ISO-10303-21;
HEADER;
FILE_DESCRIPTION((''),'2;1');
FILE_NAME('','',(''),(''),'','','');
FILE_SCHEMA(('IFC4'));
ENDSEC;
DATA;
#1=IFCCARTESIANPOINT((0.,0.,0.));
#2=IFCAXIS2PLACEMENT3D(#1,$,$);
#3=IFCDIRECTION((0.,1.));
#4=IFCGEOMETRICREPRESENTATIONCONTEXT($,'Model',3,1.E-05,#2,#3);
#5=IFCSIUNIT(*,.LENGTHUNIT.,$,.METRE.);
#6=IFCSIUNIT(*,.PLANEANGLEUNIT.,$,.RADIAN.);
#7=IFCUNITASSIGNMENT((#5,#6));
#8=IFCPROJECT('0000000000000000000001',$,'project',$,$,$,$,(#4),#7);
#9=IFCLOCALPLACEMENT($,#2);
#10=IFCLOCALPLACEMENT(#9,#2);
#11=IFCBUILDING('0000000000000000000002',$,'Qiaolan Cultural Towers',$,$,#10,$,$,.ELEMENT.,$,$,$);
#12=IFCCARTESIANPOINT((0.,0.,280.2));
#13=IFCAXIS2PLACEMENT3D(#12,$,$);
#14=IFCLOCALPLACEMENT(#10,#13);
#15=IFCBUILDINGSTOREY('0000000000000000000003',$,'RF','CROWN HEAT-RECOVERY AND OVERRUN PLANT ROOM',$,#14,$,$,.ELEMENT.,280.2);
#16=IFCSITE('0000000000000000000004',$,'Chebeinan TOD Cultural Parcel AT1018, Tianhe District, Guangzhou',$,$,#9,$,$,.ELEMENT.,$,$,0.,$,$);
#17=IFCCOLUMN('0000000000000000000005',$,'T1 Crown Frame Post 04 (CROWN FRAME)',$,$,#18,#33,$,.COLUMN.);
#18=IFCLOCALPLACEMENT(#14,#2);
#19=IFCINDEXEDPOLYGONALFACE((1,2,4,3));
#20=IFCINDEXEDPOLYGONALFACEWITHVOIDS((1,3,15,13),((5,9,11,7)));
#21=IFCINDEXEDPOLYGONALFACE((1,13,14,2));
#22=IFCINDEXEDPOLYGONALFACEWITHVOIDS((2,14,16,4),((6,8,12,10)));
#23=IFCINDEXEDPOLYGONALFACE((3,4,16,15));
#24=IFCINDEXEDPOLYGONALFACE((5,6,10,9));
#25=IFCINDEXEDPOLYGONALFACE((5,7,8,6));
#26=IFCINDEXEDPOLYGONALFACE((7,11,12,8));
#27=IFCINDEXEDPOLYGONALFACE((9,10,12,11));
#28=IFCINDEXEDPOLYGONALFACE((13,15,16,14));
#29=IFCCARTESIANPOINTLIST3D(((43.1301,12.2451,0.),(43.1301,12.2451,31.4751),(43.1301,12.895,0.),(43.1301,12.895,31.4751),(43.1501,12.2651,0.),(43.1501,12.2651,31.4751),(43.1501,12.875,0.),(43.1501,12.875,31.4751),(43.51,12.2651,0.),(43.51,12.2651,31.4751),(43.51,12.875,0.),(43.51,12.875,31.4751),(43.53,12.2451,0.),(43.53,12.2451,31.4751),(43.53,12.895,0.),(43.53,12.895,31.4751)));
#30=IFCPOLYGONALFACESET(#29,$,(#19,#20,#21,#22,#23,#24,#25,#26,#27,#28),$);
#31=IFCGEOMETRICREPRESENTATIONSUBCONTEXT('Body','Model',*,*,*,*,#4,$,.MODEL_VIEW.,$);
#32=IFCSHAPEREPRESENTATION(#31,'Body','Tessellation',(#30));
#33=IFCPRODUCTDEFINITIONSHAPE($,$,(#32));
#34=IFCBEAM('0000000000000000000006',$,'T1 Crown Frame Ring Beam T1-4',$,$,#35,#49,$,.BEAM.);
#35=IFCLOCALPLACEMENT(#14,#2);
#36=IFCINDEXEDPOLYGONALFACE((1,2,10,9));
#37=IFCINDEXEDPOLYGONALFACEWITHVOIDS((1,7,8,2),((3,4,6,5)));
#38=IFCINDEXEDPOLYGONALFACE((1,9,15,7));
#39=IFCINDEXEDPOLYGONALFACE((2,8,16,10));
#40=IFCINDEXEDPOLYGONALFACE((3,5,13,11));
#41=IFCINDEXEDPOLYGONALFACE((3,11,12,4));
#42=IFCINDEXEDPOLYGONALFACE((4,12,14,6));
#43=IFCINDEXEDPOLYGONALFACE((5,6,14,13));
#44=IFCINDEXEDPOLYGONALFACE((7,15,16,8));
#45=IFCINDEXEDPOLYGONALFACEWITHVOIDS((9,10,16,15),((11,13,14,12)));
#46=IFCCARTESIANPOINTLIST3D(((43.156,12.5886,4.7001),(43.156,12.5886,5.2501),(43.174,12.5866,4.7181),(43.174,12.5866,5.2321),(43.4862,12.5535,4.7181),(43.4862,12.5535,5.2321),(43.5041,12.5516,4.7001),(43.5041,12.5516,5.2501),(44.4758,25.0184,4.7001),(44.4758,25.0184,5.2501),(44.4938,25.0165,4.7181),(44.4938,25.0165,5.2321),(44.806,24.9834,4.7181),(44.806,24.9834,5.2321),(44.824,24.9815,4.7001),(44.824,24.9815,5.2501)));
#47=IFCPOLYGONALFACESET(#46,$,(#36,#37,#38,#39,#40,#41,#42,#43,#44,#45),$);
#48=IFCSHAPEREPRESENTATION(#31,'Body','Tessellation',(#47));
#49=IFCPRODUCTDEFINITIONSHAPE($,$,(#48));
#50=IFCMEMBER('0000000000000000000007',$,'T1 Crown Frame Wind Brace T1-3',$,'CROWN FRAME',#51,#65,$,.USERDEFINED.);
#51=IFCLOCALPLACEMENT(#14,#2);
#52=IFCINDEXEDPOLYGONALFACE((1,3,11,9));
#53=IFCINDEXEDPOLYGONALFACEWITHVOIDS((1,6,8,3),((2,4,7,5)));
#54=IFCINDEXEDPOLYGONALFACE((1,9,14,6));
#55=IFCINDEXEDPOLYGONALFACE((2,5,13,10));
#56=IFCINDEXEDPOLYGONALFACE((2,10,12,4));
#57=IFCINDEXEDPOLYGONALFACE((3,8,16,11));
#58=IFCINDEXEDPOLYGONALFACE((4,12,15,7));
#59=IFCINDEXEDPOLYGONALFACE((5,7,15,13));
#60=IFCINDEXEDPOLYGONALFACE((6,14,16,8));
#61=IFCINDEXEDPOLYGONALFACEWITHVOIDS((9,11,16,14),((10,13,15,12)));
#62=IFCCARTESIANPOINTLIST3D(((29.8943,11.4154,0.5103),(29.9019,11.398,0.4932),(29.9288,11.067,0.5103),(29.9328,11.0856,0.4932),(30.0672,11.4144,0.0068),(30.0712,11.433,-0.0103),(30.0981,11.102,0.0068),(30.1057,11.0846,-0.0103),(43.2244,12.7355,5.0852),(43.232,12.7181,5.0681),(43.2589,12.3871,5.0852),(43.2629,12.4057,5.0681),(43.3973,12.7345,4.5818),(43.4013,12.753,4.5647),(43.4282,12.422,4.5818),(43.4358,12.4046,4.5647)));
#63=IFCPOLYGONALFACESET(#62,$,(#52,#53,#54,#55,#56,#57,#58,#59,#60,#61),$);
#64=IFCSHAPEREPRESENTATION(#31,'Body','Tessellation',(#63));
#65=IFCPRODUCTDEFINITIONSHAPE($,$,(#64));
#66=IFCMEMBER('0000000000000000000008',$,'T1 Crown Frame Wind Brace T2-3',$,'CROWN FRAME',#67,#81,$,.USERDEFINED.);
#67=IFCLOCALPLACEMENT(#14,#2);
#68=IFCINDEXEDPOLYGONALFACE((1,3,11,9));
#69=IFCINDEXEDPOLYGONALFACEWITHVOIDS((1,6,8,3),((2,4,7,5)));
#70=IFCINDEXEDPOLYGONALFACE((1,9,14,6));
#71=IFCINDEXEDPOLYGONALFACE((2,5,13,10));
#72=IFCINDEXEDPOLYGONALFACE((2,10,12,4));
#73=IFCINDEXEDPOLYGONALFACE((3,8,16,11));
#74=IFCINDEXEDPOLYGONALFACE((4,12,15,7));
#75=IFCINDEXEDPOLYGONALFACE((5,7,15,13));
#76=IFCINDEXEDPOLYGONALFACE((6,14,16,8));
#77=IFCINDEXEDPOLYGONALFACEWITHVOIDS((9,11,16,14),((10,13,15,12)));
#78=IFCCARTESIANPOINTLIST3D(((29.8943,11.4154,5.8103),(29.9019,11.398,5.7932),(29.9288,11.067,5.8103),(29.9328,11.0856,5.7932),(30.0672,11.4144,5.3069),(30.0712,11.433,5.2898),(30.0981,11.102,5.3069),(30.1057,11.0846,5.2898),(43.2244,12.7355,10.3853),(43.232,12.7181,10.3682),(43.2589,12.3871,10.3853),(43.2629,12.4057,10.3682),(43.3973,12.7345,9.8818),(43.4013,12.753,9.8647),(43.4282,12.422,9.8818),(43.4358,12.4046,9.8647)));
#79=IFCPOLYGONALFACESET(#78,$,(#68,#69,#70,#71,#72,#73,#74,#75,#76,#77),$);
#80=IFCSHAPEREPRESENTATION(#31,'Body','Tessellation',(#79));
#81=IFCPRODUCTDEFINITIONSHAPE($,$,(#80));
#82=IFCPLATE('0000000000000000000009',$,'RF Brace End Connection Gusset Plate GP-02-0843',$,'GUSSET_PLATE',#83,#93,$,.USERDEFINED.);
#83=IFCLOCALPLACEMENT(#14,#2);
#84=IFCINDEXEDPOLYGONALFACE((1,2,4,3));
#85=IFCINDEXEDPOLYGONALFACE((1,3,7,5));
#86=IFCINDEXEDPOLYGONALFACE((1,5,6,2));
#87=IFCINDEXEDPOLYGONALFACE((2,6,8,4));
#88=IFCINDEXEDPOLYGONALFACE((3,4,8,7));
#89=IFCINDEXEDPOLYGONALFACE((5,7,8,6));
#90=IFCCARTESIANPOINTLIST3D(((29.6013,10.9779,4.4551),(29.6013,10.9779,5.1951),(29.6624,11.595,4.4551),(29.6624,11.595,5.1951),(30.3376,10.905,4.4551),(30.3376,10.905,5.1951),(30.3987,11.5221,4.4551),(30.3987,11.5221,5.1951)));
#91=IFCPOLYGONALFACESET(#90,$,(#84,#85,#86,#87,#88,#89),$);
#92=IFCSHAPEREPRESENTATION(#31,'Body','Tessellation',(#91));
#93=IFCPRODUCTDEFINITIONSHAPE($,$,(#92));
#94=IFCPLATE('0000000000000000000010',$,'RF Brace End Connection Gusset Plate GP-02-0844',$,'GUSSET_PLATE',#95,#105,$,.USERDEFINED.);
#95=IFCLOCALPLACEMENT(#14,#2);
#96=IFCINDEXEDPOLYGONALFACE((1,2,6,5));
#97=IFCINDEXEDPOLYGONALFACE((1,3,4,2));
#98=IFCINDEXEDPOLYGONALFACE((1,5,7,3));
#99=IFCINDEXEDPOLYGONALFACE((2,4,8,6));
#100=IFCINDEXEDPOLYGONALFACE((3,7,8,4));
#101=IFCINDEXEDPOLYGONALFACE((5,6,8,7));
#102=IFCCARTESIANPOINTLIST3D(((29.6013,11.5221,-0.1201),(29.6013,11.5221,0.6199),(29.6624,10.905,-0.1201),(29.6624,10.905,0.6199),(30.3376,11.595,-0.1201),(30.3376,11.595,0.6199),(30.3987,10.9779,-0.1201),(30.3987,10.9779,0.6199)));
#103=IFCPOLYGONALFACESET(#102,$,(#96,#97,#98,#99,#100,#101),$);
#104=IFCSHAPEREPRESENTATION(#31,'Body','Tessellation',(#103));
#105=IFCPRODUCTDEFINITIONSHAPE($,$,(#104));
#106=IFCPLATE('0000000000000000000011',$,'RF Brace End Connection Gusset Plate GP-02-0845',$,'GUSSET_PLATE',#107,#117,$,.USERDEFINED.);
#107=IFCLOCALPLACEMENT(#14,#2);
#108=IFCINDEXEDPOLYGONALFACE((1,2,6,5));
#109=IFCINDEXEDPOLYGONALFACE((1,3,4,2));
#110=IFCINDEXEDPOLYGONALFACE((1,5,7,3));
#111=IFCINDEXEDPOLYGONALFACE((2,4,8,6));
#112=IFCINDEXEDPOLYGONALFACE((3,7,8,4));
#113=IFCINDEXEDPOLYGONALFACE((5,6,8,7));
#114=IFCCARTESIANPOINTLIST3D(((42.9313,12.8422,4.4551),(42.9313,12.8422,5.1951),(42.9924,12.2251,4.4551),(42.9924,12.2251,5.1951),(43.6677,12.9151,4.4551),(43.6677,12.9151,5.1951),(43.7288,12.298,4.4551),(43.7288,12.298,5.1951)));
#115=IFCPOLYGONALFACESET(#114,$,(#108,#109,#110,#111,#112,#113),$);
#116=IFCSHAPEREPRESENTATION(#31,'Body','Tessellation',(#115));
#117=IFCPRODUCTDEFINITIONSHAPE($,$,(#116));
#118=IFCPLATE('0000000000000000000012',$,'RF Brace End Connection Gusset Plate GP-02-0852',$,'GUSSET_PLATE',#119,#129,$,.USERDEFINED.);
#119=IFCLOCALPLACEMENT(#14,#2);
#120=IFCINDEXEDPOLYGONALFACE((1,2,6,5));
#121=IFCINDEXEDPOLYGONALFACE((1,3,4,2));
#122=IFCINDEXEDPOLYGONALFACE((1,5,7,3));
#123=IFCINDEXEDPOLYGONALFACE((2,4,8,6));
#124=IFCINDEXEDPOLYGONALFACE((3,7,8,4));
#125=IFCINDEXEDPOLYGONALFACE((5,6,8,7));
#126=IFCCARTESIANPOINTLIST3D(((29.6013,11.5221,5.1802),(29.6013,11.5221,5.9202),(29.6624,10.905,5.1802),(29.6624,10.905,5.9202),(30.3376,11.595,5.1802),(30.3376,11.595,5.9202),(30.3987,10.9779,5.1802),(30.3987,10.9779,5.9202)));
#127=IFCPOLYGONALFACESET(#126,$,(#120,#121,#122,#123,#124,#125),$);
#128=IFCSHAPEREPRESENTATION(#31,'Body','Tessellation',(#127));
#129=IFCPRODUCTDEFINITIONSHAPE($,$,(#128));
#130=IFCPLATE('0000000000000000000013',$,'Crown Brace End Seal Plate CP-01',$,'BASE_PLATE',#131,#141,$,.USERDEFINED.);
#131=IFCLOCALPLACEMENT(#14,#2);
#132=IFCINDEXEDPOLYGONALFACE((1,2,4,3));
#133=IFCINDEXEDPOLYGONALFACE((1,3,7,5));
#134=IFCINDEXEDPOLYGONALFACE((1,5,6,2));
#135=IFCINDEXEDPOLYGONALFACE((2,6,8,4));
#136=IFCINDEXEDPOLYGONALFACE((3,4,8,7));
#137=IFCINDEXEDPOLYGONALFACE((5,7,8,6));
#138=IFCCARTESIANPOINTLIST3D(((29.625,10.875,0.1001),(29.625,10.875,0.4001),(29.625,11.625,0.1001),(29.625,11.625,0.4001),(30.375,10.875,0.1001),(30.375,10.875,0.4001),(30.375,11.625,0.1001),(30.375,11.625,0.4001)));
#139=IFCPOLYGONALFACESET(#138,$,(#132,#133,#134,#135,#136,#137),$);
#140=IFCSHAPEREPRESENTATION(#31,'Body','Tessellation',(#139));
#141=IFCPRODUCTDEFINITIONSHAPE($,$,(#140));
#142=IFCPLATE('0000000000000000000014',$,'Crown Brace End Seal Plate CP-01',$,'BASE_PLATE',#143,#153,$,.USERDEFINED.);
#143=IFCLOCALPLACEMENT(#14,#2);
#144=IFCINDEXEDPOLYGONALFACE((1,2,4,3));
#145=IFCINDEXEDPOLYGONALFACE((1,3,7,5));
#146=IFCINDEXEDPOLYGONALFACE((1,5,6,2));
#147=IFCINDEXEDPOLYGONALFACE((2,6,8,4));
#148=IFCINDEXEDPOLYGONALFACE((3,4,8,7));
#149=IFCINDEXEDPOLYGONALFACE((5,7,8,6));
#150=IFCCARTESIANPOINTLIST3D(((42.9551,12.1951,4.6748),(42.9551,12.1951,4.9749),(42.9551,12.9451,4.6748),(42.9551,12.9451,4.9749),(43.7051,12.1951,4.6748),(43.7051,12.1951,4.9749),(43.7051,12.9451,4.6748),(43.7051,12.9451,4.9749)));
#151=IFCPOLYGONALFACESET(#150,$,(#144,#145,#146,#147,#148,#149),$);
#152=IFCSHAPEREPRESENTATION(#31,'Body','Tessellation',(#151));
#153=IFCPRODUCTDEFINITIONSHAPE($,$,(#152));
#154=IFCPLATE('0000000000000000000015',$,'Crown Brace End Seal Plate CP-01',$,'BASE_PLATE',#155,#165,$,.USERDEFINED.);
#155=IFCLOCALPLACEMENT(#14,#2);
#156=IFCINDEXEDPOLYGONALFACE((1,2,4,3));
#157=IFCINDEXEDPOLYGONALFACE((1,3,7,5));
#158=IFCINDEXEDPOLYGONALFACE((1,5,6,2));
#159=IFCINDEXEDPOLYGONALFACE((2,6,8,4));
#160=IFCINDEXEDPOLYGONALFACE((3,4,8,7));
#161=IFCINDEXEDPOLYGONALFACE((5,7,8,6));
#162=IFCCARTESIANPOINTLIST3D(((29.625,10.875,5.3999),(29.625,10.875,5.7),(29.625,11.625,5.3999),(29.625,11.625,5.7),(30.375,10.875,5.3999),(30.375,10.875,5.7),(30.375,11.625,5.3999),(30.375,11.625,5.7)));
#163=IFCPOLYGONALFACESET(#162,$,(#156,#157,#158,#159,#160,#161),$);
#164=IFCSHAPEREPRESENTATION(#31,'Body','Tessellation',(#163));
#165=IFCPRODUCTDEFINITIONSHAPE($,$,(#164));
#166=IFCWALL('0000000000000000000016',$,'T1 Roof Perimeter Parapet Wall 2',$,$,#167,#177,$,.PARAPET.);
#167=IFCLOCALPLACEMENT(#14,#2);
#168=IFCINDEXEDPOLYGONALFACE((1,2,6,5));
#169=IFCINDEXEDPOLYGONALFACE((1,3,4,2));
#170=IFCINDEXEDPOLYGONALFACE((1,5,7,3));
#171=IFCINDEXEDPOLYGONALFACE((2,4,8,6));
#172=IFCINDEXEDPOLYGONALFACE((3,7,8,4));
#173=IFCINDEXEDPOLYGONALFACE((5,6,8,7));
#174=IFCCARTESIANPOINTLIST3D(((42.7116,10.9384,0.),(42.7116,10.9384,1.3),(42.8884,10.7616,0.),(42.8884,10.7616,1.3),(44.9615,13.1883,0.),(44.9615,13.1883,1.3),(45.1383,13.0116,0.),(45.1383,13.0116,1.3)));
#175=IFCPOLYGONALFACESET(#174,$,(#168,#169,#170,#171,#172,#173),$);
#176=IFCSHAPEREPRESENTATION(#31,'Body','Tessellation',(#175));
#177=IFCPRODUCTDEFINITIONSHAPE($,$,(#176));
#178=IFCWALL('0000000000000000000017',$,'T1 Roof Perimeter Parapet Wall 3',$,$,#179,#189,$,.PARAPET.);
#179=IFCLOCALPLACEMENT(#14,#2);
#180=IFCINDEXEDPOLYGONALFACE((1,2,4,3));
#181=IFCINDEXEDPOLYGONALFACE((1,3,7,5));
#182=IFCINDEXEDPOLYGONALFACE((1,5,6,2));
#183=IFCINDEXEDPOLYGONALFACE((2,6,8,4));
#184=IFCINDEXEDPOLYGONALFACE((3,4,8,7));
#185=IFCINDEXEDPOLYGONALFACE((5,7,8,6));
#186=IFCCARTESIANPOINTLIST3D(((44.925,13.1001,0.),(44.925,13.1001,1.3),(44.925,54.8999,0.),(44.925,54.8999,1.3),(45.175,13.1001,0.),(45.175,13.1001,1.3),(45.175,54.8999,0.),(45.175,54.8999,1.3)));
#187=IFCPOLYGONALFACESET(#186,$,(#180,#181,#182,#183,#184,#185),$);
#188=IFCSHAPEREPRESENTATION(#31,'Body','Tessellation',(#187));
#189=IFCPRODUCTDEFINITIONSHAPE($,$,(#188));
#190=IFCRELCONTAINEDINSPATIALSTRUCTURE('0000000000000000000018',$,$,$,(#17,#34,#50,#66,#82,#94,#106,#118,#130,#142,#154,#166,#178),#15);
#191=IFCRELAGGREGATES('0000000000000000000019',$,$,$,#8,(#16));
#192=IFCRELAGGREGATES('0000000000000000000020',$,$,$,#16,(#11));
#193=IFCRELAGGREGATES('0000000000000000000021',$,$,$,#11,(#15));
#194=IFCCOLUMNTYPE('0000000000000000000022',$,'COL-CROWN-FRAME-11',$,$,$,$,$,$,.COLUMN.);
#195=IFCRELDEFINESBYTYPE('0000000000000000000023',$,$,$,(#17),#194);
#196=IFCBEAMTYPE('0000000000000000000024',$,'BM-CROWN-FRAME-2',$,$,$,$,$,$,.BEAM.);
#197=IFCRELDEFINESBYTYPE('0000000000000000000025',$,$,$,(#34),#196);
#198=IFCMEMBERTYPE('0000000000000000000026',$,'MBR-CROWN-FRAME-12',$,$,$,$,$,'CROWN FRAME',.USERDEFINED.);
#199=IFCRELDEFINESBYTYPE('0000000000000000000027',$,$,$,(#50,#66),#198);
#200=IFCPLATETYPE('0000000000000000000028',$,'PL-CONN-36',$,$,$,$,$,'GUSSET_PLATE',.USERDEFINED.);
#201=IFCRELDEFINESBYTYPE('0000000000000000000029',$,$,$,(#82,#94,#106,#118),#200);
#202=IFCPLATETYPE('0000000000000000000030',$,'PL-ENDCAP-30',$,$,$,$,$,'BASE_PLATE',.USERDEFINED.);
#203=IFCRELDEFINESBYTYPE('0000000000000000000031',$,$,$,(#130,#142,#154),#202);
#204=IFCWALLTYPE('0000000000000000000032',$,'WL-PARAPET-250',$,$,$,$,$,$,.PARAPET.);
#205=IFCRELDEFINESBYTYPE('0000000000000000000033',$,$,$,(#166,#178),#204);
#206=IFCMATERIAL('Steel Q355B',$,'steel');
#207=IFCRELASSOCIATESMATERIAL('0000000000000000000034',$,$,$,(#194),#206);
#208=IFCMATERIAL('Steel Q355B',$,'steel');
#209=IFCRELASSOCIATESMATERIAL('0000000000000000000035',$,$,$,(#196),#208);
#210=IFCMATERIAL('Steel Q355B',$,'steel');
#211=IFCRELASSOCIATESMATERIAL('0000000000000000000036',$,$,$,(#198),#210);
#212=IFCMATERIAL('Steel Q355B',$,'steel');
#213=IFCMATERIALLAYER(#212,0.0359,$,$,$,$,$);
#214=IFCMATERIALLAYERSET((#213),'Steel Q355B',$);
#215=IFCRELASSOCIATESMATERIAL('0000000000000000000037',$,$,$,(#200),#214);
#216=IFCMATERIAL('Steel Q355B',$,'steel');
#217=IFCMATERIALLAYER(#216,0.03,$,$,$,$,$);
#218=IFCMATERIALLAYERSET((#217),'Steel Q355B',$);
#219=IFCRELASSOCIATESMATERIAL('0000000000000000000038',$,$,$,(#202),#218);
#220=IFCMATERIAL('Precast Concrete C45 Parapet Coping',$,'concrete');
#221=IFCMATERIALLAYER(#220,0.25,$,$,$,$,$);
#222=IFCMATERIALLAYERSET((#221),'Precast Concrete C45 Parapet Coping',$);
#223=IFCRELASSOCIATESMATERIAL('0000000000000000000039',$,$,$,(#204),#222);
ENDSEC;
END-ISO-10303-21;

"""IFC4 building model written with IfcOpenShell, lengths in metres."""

from ifc_helpers import new_model, si_unit, direction, frame, frame_2d, origin, origin_2d, place, context, subcontext, project, spatial, rectangle, hollow_rectangle, extrude, material, layer, layer_set, material_profile, profile_set, type_object, element, save


model = new_model("IFC4")

# Units and contexts
model_context = context("Model", 3, precision=1e-05, world=origin(), true_north=direction((0.0, 1.0)))
body_context = subcontext(model_context, "Body", "Model", "MODEL_VIEW")
ifc_project = project(units=[si_unit("LENGTHUNIT", "METRE"), si_unit("PLANEANGLEUNIT", "RADIAN")], contexts=[model_context])

# Site, building, storey
site_placement = place(None, origin())
site = spatial("IfcSite", under=ifc_project, at=site_placement, Name="Chebeinan TOD Cultural Parcel AT1018, Tianhe District, Guangzhou", CompositionType="ELEMENT", RefElevation=0.0)
building_placement = place(site_placement, origin())
building = spatial("IfcBuilding", under=site, at=building_placement, Name="Qiaolan Cultural Towers", CompositionType="ELEMENT")
storey_placement = place(building_placement, frame((0.0, 0.0, 280.2)))
storey = spatial("IfcBuildingStorey", under=building, at=storey_placement, Name="RF", Description="CROWN HEAT-RECOVERY AND OVERRUN PLANT ROOM", CompositionType="ELEMENT", Elevation=280.2)

# Column
ifc_material_1 = material(Name="Steel Q355B", Category="steel")
ifc_material_profile_1 = material_profile(ifc_material_1, hollow_rectangle(XDim=0.3999, YDim=0.6499, WallThickness=0.02, at=origin_2d()), Name="BOX650x400x20")
ifc_profile_set_1 = profile_set([ifc_material_profile_1], Name="Steel Q355B")
column_type = type_object("IfcColumnType", Name="COL-CROWN-FRAME-11", PredefinedType="COLUMN", material=ifc_profile_set_1)
column_placement = place(storey_placement, frame((43.3301, 12.5701, 0.0), z_axis=(0.0, 0.0, 1.0), x_axis=(1.0, 0.0, 0.0)))
element("IfcColumn", 1, at=column_placement, inside=storey, type_object=column_type, Name="T1 Crown Frame Post 04 (CROWN FRAME)", PredefinedType="COLUMN", context=body_context, shape_type="SweptSolid", body=[
    extrude(hollow_rectangle(XDim=0.3999, YDim=0.6499, WallThickness=0.02, at=origin_2d()), origin(), (0.0, 0.0, 1.0), 31.4751),
])

# Beam
ifc_material_2 = material(Name="Steel Q355B", Category="steel")
ifc_material_profile_2 = material_profile(ifc_material_2, hollow_rectangle(XDim=0.3501, YDim=0.55, WallThickness=0.0181, at=origin_2d()), Name="BOX550x350x18")
ifc_profile_set_2 = profile_set([ifc_material_profile_2], Name="Steel Q355B")
beam_type = type_object("IfcBeamType", Name="BM-CROWN-FRAME-2", PredefinedType="BEAM", material=ifc_profile_set_2)
beam_placement = place(storey_placement, frame((43.3301, 12.5701, 4.9751), z_axis=(0.105588, 0.99441, 0.0), x_axis=(-0.99441, 0.105588, 0.0)))
element("IfcBeam", 2, at=beam_placement, inside=storey, type_object=beam_type, Name="T1 Crown Frame Ring Beam T1-4", PredefinedType="BEAM", context=body_context, shape_type="SweptSolid", body=[
    extrude(hollow_rectangle(XDim=0.3501, YDim=0.55, WallThickness=0.0181, at=origin_2d()), origin(), (0.0, 0.0, 1.0), 12.4998),
])

# Members
ifc_material_3 = material(Name="Steel Q355B", Category="steel")
ifc_material_profile_3 = material_profile(ifc_material_3, hollow_rectangle(XDim=0.3501, YDim=0.55, WallThickness=0.0181, at=origin_2d()), Name="BOX550x350x18")
ifc_profile_set_3 = profile_set([ifc_material_profile_3], Name="Steel Q355B")
member_type = type_object("IfcMemberType", Name="MBR-CROWN-FRAME-12", ElementType="CROWN FRAME", PredefinedType="USERDEFINED", material=ifc_profile_set_3)
for number, where, z_axis, x_axis, name in (
    (3, (30.0, 11.25, 0.25), (0.941723, 0.093258, 0.323204), (-0.098547, 0.995132, 0.0), "T1 Crown Frame Wind Brace T1-3"),
    (4, (30.0, 11.25, 5.55), (0.941723, 0.093258, 0.323204), (-0.098547, 0.995132, 0.0), "T1 Crown Frame Wind Brace T2-3"),
):
    element("IfcMember", number, at=place(storey_placement, frame(where, z_axis=z_axis, x_axis=x_axis)), inside=storey, type_object=member_type, Name=name, ObjectType="CROWN FRAME", PredefinedType="USERDEFINED", context=body_context, shape_type="SweptSolid", body=[
        extrude(hollow_rectangle(XDim=0.3501, YDim=0.55, WallThickness=0.0181, at=origin_2d()), origin(), (0.0, 0.0, 1.0), 14.155),
    ])

# Plates
ifc_material_4 = material(Name="Steel Q355B", Category="steel")
ifc_layer_1 = layer(ifc_material_4, 0.0359)
ifc_layer_set_1 = layer_set([ifc_layer_1], Name="Steel Q355B")
plate_type_1 = type_object("IfcPlateType", Name="PL-CONN-36", ElementType="GUSSET_PLATE", PredefinedType="USERDEFINED", material=ifc_layer_set_1)
for number, where, z_axis, x_axis, name in (
    (5, (30.0, 11.25, 4.4551), (0.0, 0.0, 1.0), (-0.995133, 0.098543, 0.0), "RF Brace End Connection Gusset Plate GP-02-0843"),
    (6, (30.0, 11.25, -0.1201), (0.0, 0.0, 1.0), (0.995133, 0.098543, 0.0), "RF Brace End Connection Gusset Plate GP-02-0844"),
    (7, (43.3301, 12.5701, 4.4551), (0.0, 0.0, 1.0), (0.995133, 0.098543, 0.0), "RF Brace End Connection Gusset Plate GP-02-0845"),
    (8, (30.0, 11.25, 5.1802), (0.0, 0.0, 1.0), (0.995133, 0.098543, 0.0), "RF Brace End Connection Gusset Plate GP-02-0852"),
):
    element("IfcPlate", number, at=place(storey_placement, frame(where, z_axis=z_axis, x_axis=x_axis)), inside=storey, type_object=plate_type_1, Name=name, ObjectType="GUSSET_PLATE", PredefinedType="USERDEFINED", context=body_context, shape_type="SweptSolid", body=[
        extrude(rectangle(XDim=0.74, YDim=0.6201, at=origin_2d()), origin(), (0.0, 0.0, 1.0), 0.74),
    ])
ifc_material_5 = material(Name="Steel Q355B", Category="steel")
ifc_layer_2 = layer(ifc_material_5, 0.03)
ifc_layer_set_2 = layer_set([ifc_layer_2], Name="Steel Q355B")
plate_type_2 = type_object("IfcPlateType", Name="PL-ENDCAP-30", ElementType="BASE_PLATE", PredefinedType="USERDEFINED", material=ifc_layer_set_2)
for number, where, z_axis, x_axis, name in (
    (9, (30.0, 11.25, 0.1001), (0.0, 0.0, 1.0), (1.0, 0.0, 0.0), "Crown Brace End Seal Plate CP-01"),
    (10, (43.3301, 12.5701, 4.6748), (0.0, 0.0, 1.0), (1.0, 0.0, 0.0), "Crown Brace End Seal Plate CP-01"),
    (11, (30.0, 11.25, 5.3999), (0.0, 0.0, 1.0), (1.0, 0.0, 0.0), "Crown Brace End Seal Plate CP-01"),
):
    element("IfcPlate", number, at=place(storey_placement, frame(where, z_axis=z_axis, x_axis=x_axis)), inside=storey, type_object=plate_type_2, Name=name, ObjectType="BASE_PLATE", PredefinedType="USERDEFINED", context=body_context, shape_type="SweptSolid", body=[
        extrude(rectangle(XDim=0.75, YDim=0.75, at=origin_2d()), origin(), (0.0, 0.0, 1.0), 0.3),
    ])

# Walls
ifc_material_6 = material(Name="Precast Concrete C45 Parapet Coping", Category="concrete")
ifc_layer_3 = layer(ifc_material_6, 0.25)
ifc_layer_set_3 = layer_set([ifc_layer_3], Name="Precast Concrete C45 Parapet Coping")
wall_type_1 = type_object("IfcWallType", Name="WL-PARAPET-250", PredefinedType="PARAPET", material=ifc_layer_set_3)
wall_1_placement = place(storey_placement, frame((42.8, 10.8501, 0.0), z_axis=(0.0, 0.0, 1.0), x_axis=(0.707107, 0.707107, 0.0)))
element("IfcWall", 12, at=wall_1_placement, inside=storey, type_object=wall_type_1, Name="T1 Roof Perimeter Parapet Wall 2", PredefinedType="PARAPET", context=body_context, shape_type="SweptSolid", body=[
    extrude(rectangle(XDim=3.1819, YDim=0.25, at=frame_2d((1.5908, 0.0))), origin(), (0.0, 0.0, 1.0), 1.3),
])
wall_2_placement = place(storey_placement, frame((45.05, 13.1001, 0.0), z_axis=(0.0, 0.0, 1.0), x_axis=(0.0, 1.0, 0.0)))
element("IfcWall", 13, at=wall_2_placement, inside=storey, type_object=wall_type_1, Name="T1 Roof Perimeter Parapet Wall 3", PredefinedType="PARAPET", context=body_context, shape_type="SweptSolid", body=[
    extrude(rectangle(XDim=41.7998, YDim=0.25, at=frame_2d((20.8999, 0.0))), origin(), (0.0, 0.0, 1.0), 1.3),
])

save(model, "model.ifc")
